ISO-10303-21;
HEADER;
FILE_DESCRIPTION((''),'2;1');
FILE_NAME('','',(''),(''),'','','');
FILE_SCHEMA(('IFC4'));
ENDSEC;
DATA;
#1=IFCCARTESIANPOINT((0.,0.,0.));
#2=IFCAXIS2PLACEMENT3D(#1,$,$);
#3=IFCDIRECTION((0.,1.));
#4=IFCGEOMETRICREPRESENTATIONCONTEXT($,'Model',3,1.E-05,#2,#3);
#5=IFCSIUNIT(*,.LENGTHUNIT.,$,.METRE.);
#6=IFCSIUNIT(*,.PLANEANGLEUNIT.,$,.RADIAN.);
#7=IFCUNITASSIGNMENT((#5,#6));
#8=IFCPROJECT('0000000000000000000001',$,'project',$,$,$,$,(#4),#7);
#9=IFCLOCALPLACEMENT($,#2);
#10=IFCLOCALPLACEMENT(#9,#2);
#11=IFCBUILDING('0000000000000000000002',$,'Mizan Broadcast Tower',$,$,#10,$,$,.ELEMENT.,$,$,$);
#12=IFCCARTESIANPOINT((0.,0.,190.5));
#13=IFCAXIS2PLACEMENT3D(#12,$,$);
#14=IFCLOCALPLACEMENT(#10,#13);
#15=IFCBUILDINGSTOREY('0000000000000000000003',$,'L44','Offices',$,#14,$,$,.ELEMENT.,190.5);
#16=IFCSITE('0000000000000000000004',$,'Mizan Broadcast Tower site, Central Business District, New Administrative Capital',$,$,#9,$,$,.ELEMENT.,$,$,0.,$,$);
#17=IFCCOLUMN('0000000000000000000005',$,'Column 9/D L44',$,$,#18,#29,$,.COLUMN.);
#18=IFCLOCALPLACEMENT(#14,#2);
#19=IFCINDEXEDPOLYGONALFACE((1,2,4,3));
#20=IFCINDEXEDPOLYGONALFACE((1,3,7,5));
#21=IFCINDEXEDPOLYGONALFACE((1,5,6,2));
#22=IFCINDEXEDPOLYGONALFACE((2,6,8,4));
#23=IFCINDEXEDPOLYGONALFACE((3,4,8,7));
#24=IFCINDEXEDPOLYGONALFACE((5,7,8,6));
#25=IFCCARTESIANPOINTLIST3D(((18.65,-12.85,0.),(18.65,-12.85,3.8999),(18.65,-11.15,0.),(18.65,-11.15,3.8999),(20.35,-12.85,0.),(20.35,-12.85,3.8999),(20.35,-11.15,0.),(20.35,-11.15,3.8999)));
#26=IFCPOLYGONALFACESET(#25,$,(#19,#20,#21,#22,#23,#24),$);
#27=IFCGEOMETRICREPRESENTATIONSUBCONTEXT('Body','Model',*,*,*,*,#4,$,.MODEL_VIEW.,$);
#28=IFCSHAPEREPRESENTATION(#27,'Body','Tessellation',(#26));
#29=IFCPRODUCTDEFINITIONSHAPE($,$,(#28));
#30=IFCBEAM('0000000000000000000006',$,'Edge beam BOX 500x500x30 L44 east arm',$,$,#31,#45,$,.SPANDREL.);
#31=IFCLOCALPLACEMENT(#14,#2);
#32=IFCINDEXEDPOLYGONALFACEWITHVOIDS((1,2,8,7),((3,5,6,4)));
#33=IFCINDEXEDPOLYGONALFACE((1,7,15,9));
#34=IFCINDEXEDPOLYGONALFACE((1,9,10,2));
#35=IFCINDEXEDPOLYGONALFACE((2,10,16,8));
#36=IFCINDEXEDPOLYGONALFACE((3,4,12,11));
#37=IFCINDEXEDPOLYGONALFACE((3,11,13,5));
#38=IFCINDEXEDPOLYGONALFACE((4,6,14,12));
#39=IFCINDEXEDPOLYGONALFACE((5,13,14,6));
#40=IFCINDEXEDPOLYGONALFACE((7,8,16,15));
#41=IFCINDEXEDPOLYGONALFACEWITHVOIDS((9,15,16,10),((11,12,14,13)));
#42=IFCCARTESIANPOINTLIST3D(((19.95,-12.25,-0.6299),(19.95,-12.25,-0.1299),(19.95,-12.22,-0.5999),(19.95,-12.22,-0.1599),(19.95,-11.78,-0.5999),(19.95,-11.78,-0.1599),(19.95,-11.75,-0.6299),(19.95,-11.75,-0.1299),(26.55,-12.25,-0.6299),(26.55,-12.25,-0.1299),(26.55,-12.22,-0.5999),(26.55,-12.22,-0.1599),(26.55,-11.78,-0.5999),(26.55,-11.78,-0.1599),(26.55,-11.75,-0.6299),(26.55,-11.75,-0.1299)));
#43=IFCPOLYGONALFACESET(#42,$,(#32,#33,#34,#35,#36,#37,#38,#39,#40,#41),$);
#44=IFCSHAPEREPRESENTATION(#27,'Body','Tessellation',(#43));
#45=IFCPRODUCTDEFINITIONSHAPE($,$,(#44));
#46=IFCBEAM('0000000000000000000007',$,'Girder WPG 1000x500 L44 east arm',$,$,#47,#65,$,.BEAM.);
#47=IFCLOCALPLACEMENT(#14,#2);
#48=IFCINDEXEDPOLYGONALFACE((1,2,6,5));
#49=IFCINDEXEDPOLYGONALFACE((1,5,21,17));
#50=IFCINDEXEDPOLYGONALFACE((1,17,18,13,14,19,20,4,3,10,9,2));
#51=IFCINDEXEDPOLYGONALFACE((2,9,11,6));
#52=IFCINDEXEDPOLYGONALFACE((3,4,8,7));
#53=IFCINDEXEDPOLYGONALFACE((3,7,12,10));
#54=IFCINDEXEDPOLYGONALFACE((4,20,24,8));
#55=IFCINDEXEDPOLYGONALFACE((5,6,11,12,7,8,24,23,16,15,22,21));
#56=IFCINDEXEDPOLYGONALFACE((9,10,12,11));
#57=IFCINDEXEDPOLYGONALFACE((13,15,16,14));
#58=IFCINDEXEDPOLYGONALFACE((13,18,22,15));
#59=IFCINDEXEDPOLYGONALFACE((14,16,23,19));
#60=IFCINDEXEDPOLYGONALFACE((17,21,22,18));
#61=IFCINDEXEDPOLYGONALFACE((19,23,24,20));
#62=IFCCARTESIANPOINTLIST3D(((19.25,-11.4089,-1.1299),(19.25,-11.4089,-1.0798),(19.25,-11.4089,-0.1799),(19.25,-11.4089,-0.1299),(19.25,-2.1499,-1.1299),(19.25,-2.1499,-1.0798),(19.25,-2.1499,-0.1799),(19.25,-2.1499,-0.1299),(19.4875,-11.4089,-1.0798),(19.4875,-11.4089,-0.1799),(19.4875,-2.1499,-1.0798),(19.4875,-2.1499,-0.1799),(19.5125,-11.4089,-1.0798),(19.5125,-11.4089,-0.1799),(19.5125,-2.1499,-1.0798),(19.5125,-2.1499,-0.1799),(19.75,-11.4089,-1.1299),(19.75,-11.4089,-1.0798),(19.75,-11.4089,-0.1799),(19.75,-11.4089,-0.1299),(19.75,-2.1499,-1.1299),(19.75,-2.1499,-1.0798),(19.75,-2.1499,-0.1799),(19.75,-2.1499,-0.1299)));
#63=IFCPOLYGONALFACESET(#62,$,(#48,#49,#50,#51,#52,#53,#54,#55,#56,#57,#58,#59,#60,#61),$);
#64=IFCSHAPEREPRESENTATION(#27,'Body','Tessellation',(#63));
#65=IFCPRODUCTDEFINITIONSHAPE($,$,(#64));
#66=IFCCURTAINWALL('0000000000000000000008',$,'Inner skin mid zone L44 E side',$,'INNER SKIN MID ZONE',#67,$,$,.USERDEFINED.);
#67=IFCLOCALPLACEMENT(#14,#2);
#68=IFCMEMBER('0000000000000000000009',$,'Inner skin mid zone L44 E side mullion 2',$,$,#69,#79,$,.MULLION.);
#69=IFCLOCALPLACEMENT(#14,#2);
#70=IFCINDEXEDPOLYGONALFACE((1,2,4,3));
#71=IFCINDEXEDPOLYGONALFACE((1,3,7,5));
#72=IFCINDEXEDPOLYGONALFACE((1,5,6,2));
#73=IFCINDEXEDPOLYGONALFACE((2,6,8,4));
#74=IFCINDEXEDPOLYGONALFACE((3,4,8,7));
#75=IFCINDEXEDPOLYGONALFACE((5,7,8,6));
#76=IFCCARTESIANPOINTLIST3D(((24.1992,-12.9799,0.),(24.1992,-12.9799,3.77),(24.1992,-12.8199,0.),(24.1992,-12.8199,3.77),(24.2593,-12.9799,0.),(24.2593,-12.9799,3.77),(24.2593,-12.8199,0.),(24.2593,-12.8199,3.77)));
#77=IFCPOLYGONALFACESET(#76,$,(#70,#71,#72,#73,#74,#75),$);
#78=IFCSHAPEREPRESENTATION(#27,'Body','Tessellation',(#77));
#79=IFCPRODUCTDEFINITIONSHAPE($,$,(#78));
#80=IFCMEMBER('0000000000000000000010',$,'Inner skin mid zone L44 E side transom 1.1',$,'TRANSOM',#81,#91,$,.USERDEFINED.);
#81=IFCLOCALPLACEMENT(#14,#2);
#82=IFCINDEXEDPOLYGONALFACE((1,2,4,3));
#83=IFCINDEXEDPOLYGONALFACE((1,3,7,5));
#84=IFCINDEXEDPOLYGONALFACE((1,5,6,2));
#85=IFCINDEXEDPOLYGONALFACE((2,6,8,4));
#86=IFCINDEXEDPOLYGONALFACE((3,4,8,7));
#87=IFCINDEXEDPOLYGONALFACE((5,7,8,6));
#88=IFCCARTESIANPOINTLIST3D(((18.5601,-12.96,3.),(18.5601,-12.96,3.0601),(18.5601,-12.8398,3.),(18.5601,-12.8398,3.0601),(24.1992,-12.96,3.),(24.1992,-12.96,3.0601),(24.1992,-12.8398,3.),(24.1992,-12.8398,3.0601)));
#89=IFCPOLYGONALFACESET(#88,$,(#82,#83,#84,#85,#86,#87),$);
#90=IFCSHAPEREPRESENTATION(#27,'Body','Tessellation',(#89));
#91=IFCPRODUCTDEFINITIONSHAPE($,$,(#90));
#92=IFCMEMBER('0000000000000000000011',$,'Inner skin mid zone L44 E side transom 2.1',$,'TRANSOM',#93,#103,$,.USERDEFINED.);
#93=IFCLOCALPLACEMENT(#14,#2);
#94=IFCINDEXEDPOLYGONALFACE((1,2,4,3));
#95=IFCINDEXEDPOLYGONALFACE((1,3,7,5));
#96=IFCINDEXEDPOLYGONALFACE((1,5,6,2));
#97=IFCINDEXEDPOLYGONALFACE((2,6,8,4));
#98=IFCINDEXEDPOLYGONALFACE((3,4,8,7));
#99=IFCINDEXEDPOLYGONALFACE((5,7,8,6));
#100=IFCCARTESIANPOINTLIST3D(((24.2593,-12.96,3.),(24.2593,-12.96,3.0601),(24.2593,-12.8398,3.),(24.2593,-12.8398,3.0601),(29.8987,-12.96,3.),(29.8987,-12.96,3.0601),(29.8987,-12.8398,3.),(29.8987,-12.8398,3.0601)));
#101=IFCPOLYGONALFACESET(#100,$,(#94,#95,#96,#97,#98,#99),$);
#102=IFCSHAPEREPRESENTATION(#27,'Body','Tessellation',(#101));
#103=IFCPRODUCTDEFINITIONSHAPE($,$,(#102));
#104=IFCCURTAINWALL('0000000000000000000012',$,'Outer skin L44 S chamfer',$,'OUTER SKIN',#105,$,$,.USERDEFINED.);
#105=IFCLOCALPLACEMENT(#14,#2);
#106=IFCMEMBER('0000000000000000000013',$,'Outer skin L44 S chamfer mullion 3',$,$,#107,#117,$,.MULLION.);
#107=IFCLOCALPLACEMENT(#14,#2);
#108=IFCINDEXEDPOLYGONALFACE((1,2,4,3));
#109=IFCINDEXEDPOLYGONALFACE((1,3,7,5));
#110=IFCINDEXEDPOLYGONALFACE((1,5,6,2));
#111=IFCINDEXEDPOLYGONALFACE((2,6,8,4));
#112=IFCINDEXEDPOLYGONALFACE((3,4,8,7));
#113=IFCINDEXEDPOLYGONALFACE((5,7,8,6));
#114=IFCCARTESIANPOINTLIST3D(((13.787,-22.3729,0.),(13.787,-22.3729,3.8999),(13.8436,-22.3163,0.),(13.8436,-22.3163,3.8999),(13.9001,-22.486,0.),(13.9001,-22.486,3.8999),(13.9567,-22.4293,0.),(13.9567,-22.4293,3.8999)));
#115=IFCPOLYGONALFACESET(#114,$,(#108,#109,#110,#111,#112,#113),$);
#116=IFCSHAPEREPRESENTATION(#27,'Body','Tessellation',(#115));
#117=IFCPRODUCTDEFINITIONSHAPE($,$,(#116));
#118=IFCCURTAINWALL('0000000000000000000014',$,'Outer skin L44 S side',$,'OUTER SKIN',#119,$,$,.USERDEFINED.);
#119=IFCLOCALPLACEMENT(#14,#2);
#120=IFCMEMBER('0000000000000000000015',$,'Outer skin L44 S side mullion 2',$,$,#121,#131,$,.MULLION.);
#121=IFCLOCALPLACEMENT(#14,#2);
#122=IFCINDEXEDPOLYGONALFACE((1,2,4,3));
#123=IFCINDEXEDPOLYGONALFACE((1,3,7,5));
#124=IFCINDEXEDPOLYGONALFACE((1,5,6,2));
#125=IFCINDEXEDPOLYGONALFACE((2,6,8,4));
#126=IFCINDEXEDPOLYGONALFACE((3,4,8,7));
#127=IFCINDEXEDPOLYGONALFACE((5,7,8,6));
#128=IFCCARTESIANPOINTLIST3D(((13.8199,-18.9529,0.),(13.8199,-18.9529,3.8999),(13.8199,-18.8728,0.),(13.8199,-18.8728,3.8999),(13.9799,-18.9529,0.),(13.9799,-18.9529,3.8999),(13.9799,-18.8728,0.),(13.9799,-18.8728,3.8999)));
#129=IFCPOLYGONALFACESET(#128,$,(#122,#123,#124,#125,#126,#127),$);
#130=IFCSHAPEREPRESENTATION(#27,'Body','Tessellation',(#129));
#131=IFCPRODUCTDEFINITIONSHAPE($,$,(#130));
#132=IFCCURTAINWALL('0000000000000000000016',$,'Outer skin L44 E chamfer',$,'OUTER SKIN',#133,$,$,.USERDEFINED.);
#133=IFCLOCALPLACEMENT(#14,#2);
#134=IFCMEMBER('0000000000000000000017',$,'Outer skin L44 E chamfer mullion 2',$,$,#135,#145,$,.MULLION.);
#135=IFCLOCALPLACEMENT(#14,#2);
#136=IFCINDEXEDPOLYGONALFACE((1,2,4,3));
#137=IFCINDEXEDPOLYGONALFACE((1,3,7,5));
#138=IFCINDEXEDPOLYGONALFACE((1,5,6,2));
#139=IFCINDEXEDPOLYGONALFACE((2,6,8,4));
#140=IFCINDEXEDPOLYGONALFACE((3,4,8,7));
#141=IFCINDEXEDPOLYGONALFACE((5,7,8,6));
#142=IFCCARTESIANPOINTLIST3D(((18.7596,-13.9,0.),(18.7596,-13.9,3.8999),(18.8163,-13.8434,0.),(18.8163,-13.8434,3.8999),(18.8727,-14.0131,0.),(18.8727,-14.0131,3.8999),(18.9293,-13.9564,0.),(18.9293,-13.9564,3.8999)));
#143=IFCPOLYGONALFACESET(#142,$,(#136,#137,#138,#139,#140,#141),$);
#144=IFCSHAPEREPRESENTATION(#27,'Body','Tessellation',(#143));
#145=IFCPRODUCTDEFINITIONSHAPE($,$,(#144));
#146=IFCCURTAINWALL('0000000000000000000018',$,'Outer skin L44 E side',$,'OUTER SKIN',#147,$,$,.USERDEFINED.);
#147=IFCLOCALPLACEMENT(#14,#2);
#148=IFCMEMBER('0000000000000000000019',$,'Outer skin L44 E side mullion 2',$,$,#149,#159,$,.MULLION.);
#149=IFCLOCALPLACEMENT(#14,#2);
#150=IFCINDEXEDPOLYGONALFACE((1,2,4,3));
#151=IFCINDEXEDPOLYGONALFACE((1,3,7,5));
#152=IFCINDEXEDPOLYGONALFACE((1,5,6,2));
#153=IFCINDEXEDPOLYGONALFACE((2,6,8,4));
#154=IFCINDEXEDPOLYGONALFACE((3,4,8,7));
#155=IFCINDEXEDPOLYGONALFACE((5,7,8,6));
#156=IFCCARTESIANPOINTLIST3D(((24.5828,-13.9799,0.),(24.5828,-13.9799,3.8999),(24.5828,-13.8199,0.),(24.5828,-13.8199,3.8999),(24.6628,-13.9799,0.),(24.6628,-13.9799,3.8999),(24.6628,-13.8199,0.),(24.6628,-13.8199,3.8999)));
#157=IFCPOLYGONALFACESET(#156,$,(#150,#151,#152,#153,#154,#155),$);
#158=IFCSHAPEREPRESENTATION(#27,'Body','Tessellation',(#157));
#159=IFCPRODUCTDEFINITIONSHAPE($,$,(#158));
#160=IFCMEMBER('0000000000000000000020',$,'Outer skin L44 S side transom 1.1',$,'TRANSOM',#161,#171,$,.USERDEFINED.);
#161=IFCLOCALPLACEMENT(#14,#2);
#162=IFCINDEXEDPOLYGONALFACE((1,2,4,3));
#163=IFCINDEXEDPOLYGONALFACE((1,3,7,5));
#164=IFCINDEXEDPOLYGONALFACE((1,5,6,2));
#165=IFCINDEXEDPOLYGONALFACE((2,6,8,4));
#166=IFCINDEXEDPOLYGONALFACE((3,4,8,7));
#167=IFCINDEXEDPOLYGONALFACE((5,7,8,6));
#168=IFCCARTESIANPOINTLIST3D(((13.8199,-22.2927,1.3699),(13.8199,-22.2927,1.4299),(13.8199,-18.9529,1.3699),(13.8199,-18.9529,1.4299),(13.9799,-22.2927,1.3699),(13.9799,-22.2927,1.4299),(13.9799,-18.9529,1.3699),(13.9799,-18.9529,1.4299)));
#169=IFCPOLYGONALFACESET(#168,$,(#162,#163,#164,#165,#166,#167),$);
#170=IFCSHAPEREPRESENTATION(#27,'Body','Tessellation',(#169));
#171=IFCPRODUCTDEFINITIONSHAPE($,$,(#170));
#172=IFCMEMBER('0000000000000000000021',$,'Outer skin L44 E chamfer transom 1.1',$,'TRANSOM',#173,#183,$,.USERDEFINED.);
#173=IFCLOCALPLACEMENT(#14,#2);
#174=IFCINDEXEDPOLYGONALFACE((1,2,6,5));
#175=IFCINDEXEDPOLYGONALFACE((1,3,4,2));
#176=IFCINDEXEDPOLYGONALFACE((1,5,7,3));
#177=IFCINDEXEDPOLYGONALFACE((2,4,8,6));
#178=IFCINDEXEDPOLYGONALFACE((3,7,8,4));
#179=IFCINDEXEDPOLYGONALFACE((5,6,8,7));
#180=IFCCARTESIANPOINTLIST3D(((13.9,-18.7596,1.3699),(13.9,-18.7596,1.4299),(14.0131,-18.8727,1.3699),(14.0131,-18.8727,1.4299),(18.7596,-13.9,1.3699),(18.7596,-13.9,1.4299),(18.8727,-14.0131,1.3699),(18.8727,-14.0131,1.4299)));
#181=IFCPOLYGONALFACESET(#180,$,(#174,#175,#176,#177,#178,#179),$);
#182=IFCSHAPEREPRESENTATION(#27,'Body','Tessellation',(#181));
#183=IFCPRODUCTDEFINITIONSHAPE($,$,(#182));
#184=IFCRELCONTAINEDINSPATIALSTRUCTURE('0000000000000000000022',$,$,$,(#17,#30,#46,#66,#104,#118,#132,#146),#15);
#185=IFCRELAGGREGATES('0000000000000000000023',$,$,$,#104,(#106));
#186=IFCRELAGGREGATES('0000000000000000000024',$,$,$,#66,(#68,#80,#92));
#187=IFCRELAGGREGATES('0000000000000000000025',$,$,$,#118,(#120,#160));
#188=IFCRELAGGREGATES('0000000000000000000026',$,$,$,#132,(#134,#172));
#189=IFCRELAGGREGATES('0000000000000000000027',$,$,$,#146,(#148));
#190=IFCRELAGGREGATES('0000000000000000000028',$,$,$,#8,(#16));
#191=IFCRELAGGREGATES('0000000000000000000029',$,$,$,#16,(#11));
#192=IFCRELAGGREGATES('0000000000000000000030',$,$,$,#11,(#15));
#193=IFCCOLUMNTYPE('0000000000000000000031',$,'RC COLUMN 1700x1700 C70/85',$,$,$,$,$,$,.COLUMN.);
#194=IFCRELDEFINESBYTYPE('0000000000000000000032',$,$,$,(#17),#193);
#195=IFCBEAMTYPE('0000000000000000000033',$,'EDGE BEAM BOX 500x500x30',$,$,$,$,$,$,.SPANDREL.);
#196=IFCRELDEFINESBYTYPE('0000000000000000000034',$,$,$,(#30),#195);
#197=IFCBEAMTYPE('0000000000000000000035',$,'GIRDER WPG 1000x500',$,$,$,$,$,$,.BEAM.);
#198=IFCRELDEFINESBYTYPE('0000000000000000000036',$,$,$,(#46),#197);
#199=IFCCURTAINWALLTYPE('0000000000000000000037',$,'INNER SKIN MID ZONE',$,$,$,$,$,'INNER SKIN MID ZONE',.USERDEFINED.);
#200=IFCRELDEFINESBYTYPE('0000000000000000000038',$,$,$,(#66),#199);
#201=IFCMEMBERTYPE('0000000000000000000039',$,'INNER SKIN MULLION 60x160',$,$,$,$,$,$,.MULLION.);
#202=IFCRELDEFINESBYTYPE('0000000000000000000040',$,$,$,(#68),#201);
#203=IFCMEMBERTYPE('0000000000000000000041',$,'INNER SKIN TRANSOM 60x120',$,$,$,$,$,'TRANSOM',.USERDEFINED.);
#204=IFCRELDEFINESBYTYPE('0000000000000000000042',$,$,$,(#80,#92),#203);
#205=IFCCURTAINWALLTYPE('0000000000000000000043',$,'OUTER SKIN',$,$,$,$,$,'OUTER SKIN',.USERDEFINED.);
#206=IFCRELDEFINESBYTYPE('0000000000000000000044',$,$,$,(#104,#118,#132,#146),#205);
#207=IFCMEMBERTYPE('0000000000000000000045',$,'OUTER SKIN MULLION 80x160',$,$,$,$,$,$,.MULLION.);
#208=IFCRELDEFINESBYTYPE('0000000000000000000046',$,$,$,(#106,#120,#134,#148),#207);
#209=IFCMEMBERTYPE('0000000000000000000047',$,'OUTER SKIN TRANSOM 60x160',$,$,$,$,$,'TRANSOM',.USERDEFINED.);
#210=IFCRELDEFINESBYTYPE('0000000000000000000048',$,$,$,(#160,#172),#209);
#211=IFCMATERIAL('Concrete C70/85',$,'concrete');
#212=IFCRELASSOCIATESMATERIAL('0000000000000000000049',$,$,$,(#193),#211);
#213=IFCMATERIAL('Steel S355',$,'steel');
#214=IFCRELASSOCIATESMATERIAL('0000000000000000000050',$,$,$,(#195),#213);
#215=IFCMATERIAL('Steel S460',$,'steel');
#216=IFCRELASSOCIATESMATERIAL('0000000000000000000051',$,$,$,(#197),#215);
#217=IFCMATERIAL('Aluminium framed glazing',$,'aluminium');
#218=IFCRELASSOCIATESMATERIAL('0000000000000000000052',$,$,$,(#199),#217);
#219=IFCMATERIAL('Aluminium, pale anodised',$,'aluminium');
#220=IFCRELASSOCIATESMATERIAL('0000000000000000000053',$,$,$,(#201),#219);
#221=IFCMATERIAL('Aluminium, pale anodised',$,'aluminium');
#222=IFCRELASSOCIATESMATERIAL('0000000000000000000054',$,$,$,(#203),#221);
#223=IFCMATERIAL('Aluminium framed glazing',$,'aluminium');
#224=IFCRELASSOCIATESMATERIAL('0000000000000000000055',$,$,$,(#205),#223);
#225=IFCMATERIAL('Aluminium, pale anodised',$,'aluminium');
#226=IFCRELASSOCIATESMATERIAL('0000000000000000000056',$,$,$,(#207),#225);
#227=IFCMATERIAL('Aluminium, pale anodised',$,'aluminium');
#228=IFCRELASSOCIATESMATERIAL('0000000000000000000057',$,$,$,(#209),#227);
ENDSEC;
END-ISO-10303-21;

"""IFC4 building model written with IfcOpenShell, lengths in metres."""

from ifc_helpers import new_model, si_unit, direction, frame, origin, origin_2d, place, context, subcontext, project, spatial, rectangle, hollow_rectangle, i_section, extrude, material, material_profile, profile_set, type_object, element, aggregate, save


model = new_model("IFC4")

# Units and contexts
model_context = context("Model", 3, precision=1e-05, world=origin(), true_north=direction((0.0, 1.0)))
body_context = subcontext(model_context, "Body", "Model", "MODEL_VIEW")
ifc_project = project(units=[si_unit("LENGTHUNIT", "METRE"), si_unit("PLANEANGLEUNIT", "RADIAN")], contexts=[model_context])

# Site, building, storey
site_placement = place(None, origin())
site = spatial("IfcSite", under=ifc_project, at=site_placement, Name="Mizan Broadcast Tower site, Central Business District, New Administrative Capital", CompositionType="ELEMENT", RefElevation=0.0)
building_placement = place(site_placement, origin())
building = spatial("IfcBuilding", under=site, at=building_placement, Name="Mizan Broadcast Tower", CompositionType="ELEMENT")
storey_placement = place(building_placement, frame((0.0, 0.0, 190.5)))
storey = spatial("IfcBuildingStorey", under=building, at=storey_placement, Name="L44", Description="Offices", CompositionType="ELEMENT", Elevation=190.5)

# Column
ifc_material_1 = material(Name="Concrete C70/85", Category="concrete")
ifc_material_profile_1 = material_profile(ifc_material_1, rectangle(XDim=1.7, YDim=1.7, at=origin_2d()), Name="RC 1700x1700")
ifc_profile_set_1 = profile_set([ifc_material_profile_1], Name="Concrete C70/85")
column_type = type_object("IfcColumnType", Name="RC COLUMN 1700x1700 C70/85", PredefinedType="COLUMN", material=ifc_profile_set_1)
column_placement = place(storey_placement, frame((19.5, -12.0, 0.0), z_axis=(0.0, 0.0, 1.0), x_axis=(1.0, 0.0, 0.0)))
element("IfcColumn", 1, at=column_placement, inside=storey, type_object=column_type, Name="Column 9/D L44", PredefinedType="COLUMN", context=body_context, shape_type="SweptSolid", body=[
    extrude(rectangle(XDim=1.7, YDim=1.7, at=origin_2d()), origin(), (0.0, 0.0, 1.0), 3.8999),
])

# Beams
ifc_material_2 = material(Name="Steel S355", Category="steel")
ifc_material_profile_2 = material_profile(ifc_material_2, hollow_rectangle(XDim=0.5, YDim=0.5, WallThickness=0.03, at=origin_2d()), Name="BOX 500x500x30")
ifc_profile_set_2 = profile_set([ifc_material_profile_2], Name="Steel S355")
beam_type_1 = type_object("IfcBeamType", Name="EDGE BEAM BOX 500x500x30", PredefinedType="SPANDREL", material=ifc_profile_set_2)
beam_1_placement = place(storey_placement, frame((19.95, -12.0, -0.3799), z_axis=(1.0, 0.0, 0.0), x_axis=(0.0, 1.0, 0.0)))
element("IfcBeam", 2, at=beam_1_placement, inside=storey, type_object=beam_type_1, Name="Edge beam BOX 500x500x30 L44 east arm", PredefinedType="SPANDREL", context=body_context, shape_type="SweptSolid", body=[
    extrude(hollow_rectangle(XDim=0.5, YDim=0.5, WallThickness=0.03, at=origin_2d()), origin(), (0.0, 0.0, 1.0), 6.6001),
])
ifc_material_3 = material(Name="Steel S460", Category="steel")
ifc_material_profile_3 = material_profile(ifc_material_3, i_section(OverallWidth=0.5, OverallDepth=1.0, WebThickness=0.0249, FlangeThickness=0.05, at=origin_2d()), Name="WPG 1000x500")
ifc_profile_set_3 = profile_set([ifc_material_profile_3], Name="Steel S460")
beam_type_2 = type_object("IfcBeamType", Name="GIRDER WPG 1000x500", PredefinedType="BEAM", material=ifc_profile_set_3)
beam_2_placement = place(storey_placement, frame((19.5, -11.4089, -0.6299), z_axis=(0.0, 1.0, 0.0), x_axis=(-1.0, 0.0, 0.0)))
element("IfcBeam", 3, at=beam_2_placement, inside=storey, type_object=beam_type_2, Name="Girder WPG 1000x500 L44 east arm", PredefinedType="BEAM", context=body_context, shape_type="SweptSolid", body=[
    extrude(i_section(OverallWidth=0.5, OverallDepth=1.0, WebThickness=0.0249, FlangeThickness=0.05, at=origin_2d()), origin(), (0.0, 0.0, 1.0), 9.259),
])

# Curtain wall, members
ifc_material_4 = material(Name="Aluminium framed glazing", Category="aluminium")
curtain_wall_type_1 = type_object("IfcCurtainWallType", Name="INNER SKIN MID ZONE", ElementType="INNER SKIN MID ZONE", PredefinedType="USERDEFINED", material=ifc_material_4)
curtain_wall_1_placement = place(storey_placement, origin())
curtain_wall_1 = element("IfcCurtainWall", 4, at=curtain_wall_1_placement, inside=storey, type_object=curtain_wall_type_1, Name="Inner skin mid zone L44 E side", ObjectType="INNER SKIN MID ZONE", PredefinedType="USERDEFINED")
ifc_material_5 = material(Name="Aluminium, pale anodised", Category="aluminium")
ifc_material_profile_4 = material_profile(ifc_material_5, rectangle(XDim=0.1599, YDim=0.0601, at=origin_2d()), Name="MULLION 160x60")
ifc_profile_set_4 = profile_set([ifc_material_profile_4], Name="Aluminium, pale anodised")
member_type_1 = type_object("IfcMemberType", Name="INNER SKIN MULLION 60x160", PredefinedType="MULLION", material=ifc_profile_set_4)
member_1_placement = place(storey_placement, frame((24.2292, -12.8999, 0.0), z_axis=(0.0, 0.0, 1.0), x_axis=(0.0, 1.0, 0.0)))
member_1 = element("IfcMember", 5, at=member_1_placement, type_object=member_type_1, Name="Inner skin mid zone L44 E side mullion 2", PredefinedType="MULLION", context=body_context, shape_type="SweptSolid", body=[
    extrude(rectangle(XDim=0.1599, YDim=0.0601, at=origin_2d()), origin(), (0.0, 0.0, 1.0), 3.77),
])
ifc_material_6 = material(Name="Aluminium, pale anodised", Category="aluminium")
ifc_material_profile_5 = material_profile(ifc_material_6, rectangle(XDim=0.1201, YDim=0.0601, at=origin_2d()), Name="TRANSOM 120x60")
ifc_profile_set_5 = profile_set([ifc_material_profile_5], Name="Aluminium, pale anodised")
member_type_2 = type_object("IfcMemberType", Name="INNER SKIN TRANSOM 60x120", ElementType="TRANSOM", PredefinedType="USERDEFINED", material=ifc_profile_set_5)
member_2_placement = place(storey_placement, frame((18.5601, -12.8999, 3.03), z_axis=(1.0, 0.0, 0.0), x_axis=(0.0, 1.0, 0.0)))
member_2 = element("IfcMember", 6, at=member_2_placement, type_object=member_type_2, Name="Inner skin mid zone L44 E side transom 1.1", ObjectType="TRANSOM", PredefinedType="USERDEFINED", context=body_context, shape_type="SweptSolid", body=[
    extrude(rectangle(XDim=0.1201, YDim=0.0601, at=origin_2d()), origin(), (0.0, 0.0, 1.0), 5.6392),
])
member_3_placement = place(storey_placement, frame((24.2593, -12.8999, 3.03), z_axis=(1.0, 0.0, 0.0), x_axis=(0.0, 1.0, 0.0)))
member_3 = element("IfcMember", 7, at=member_3_placement, type_object=member_type_2, Name="Inner skin mid zone L44 E side transom 2.1", ObjectType="TRANSOM", PredefinedType="USERDEFINED", context=body_context, shape_type="SweptSolid", body=[
    extrude(rectangle(XDim=0.1201, YDim=0.0601, at=origin_2d()), origin(), (0.0, 0.0, 1.0), 5.6394),
])

# Curtain walls, members
ifc_material_7 = material(Name="Aluminium framed glazing", Category="aluminium")
curtain_wall_type_2 = type_object("IfcCurtainWallType", Name="OUTER SKIN", ElementType="OUTER SKIN", PredefinedType="USERDEFINED", material=ifc_material_7)
curtain_wall_2_placement = place(storey_placement, origin())
curtain_wall_2 = element("IfcCurtainWall", 8, at=curtain_wall_2_placement, inside=storey, type_object=curtain_wall_type_2, Name="Outer skin L44 S chamfer", ObjectType="OUTER SKIN", PredefinedType="USERDEFINED")
ifc_material_8 = material(Name="Aluminium, pale anodised", Category="aluminium")
ifc_material_profile_6 = material_profile(ifc_material_8, rectangle(XDim=0.1599, YDim=0.0801, at=origin_2d()), Name="MULLION 160x80")
ifc_profile_set_6 = profile_set([ifc_material_profile_6], Name="Aluminium, pale anodised")
member_type_3 = type_object("IfcMemberType", Name="OUTER SKIN MULLION 80x160", PredefinedType="MULLION", material=ifc_profile_set_6)
member_4_placement = place(storey_placement, frame((13.8718, -22.4011, 0.0), z_axis=(0.0, 0.0, 1.0), x_axis=(-0.707107, 0.707107, 0.0)))
member_4 = element("IfcMember", 9, at=member_4_placement, type_object=member_type_3, Name="Outer skin L44 S chamfer mullion 3", PredefinedType="MULLION", context=body_context, shape_type="SweptSolid", body=[
    extrude(rectangle(XDim=0.1599, YDim=0.0801, at=origin_2d()), origin(), (0.0, 0.0, 1.0), 3.8999),
])
aggregate(curtain_wall_2, [member_4])
curtain_wall_3_placement = place(storey_placement, origin())
curtain_wall_3 = element("IfcCurtainWall", 10, at=curtain_wall_3_placement, inside=storey, type_object=curtain_wall_type_2, Name="Outer skin L44 S side", ObjectType="OUTER SKIN", PredefinedType="USERDEFINED")
member_5_placement = place(storey_placement, frame((13.8999, -18.9128, 0.0), z_axis=(0.0, 0.0, 1.0), x_axis=(-1.0, 0.0, 0.0)))
member_5 = element("IfcMember", 11, at=member_5_placement, type_object=member_type_3, Name="Outer skin L44 S side mullion 2", PredefinedType="MULLION", context=body_context, shape_type="SweptSolid", body=[
    extrude(rectangle(XDim=0.1599, YDim=0.0801, at=origin_2d()), origin(), (0.0, 0.0, 1.0), 3.8999),
])
curtain_wall_4_placement = place(storey_placement, origin())
curtain_wall_4 = element("IfcCurtainWall", 12, at=curtain_wall_4_placement, inside=storey, type_object=curtain_wall_type_2, Name="Outer skin L44 E chamfer", ObjectType="OUTER SKIN", PredefinedType="USERDEFINED")
member_6_placement = place(storey_placement, frame((18.8445, -13.9282, 0.0), z_axis=(0.0, 0.0, 1.0), x_axis=(-0.707107, 0.707107, 0.0)))
member_6 = element("IfcMember", 13, at=member_6_placement, type_object=member_type_3, Name="Outer skin L44 E chamfer mullion 2", PredefinedType="MULLION", context=body_context, shape_type="SweptSolid", body=[
    extrude(rectangle(XDim=0.1599, YDim=0.0801, at=origin_2d()), origin(), (0.0, 0.0, 1.0), 3.8999),
])
curtain_wall_5_placement = place(storey_placement, origin())
curtain_wall_5 = element("IfcCurtainWall", 14, at=curtain_wall_5_placement, inside=storey, type_object=curtain_wall_type_2, Name="Outer skin L44 E side", ObjectType="OUTER SKIN", PredefinedType="USERDEFINED")
member_7_placement = place(storey_placement, frame((24.6228, -13.8999, 0.0), z_axis=(0.0, 0.0, 1.0), x_axis=(0.0, 1.0, 0.0)))
member_7 = element("IfcMember", 15, at=member_7_placement, type_object=member_type_3, Name="Outer skin L44 E side mullion 2", PredefinedType="MULLION", context=body_context, shape_type="SweptSolid", body=[
    extrude(rectangle(XDim=0.1599, YDim=0.0801, at=origin_2d()), origin(), (0.0, 0.0, 1.0), 3.8999),
])

# Members
ifc_material_9 = material(Name="Aluminium, pale anodised", Category="aluminium")
ifc_material_profile_7 = material_profile(ifc_material_9, rectangle(XDim=0.1599, YDim=0.0601, at=origin_2d()), Name="TRANSOM 160x60")
ifc_profile_set_7 = profile_set([ifc_material_profile_7], Name="Aluminium, pale anodised")
member_type_4 = type_object("IfcMemberType", Name="OUTER SKIN TRANSOM 60x160", ElementType="TRANSOM", PredefinedType="USERDEFINED", material=ifc_profile_set_7)
member_8_placement = place(storey_placement, frame((13.8999, -22.2927, 1.3999), z_axis=(0.0, 1.0, 0.0), x_axis=(-1.0, 0.0, 0.0)))
member_8 = element("IfcMember", 16, at=member_8_placement, type_object=member_type_4, Name="Outer skin L44 S side transom 1.1", ObjectType="TRANSOM", PredefinedType="USERDEFINED", context=body_context, shape_type="SweptSolid", body=[
    extrude(rectangle(XDim=0.1599, YDim=0.0601, at=origin_2d()), origin(), (0.0, 0.0, 1.0), 3.3398),
])
member_9_placement = place(storey_placement, frame((13.9565, -18.8162, 1.3999), z_axis=(0.707107, 0.707107, 0.0), x_axis=(-0.707107, 0.707107, 0.0)))
member_9 = element("IfcMember", 17, at=member_9_placement, type_object=member_type_4, Name="Outer skin L44 E chamfer transom 1.1", ObjectType="TRANSOM", PredefinedType="USERDEFINED", context=body_context, shape_type="SweptSolid", body=[
    extrude(rectangle(XDim=0.1599, YDim=0.0601, at=origin_2d()), origin(), (0.0, 0.0, 1.0), 6.8726),
])

aggregate(curtain_wall_1, [member_1, member_2, member_3])
aggregate(curtain_wall_3, [member_5, member_8])
aggregate(curtain_wall_4, [member_6, member_9])
aggregate(curtain_wall_5, [member_7])

save(model, "model.ifc")
